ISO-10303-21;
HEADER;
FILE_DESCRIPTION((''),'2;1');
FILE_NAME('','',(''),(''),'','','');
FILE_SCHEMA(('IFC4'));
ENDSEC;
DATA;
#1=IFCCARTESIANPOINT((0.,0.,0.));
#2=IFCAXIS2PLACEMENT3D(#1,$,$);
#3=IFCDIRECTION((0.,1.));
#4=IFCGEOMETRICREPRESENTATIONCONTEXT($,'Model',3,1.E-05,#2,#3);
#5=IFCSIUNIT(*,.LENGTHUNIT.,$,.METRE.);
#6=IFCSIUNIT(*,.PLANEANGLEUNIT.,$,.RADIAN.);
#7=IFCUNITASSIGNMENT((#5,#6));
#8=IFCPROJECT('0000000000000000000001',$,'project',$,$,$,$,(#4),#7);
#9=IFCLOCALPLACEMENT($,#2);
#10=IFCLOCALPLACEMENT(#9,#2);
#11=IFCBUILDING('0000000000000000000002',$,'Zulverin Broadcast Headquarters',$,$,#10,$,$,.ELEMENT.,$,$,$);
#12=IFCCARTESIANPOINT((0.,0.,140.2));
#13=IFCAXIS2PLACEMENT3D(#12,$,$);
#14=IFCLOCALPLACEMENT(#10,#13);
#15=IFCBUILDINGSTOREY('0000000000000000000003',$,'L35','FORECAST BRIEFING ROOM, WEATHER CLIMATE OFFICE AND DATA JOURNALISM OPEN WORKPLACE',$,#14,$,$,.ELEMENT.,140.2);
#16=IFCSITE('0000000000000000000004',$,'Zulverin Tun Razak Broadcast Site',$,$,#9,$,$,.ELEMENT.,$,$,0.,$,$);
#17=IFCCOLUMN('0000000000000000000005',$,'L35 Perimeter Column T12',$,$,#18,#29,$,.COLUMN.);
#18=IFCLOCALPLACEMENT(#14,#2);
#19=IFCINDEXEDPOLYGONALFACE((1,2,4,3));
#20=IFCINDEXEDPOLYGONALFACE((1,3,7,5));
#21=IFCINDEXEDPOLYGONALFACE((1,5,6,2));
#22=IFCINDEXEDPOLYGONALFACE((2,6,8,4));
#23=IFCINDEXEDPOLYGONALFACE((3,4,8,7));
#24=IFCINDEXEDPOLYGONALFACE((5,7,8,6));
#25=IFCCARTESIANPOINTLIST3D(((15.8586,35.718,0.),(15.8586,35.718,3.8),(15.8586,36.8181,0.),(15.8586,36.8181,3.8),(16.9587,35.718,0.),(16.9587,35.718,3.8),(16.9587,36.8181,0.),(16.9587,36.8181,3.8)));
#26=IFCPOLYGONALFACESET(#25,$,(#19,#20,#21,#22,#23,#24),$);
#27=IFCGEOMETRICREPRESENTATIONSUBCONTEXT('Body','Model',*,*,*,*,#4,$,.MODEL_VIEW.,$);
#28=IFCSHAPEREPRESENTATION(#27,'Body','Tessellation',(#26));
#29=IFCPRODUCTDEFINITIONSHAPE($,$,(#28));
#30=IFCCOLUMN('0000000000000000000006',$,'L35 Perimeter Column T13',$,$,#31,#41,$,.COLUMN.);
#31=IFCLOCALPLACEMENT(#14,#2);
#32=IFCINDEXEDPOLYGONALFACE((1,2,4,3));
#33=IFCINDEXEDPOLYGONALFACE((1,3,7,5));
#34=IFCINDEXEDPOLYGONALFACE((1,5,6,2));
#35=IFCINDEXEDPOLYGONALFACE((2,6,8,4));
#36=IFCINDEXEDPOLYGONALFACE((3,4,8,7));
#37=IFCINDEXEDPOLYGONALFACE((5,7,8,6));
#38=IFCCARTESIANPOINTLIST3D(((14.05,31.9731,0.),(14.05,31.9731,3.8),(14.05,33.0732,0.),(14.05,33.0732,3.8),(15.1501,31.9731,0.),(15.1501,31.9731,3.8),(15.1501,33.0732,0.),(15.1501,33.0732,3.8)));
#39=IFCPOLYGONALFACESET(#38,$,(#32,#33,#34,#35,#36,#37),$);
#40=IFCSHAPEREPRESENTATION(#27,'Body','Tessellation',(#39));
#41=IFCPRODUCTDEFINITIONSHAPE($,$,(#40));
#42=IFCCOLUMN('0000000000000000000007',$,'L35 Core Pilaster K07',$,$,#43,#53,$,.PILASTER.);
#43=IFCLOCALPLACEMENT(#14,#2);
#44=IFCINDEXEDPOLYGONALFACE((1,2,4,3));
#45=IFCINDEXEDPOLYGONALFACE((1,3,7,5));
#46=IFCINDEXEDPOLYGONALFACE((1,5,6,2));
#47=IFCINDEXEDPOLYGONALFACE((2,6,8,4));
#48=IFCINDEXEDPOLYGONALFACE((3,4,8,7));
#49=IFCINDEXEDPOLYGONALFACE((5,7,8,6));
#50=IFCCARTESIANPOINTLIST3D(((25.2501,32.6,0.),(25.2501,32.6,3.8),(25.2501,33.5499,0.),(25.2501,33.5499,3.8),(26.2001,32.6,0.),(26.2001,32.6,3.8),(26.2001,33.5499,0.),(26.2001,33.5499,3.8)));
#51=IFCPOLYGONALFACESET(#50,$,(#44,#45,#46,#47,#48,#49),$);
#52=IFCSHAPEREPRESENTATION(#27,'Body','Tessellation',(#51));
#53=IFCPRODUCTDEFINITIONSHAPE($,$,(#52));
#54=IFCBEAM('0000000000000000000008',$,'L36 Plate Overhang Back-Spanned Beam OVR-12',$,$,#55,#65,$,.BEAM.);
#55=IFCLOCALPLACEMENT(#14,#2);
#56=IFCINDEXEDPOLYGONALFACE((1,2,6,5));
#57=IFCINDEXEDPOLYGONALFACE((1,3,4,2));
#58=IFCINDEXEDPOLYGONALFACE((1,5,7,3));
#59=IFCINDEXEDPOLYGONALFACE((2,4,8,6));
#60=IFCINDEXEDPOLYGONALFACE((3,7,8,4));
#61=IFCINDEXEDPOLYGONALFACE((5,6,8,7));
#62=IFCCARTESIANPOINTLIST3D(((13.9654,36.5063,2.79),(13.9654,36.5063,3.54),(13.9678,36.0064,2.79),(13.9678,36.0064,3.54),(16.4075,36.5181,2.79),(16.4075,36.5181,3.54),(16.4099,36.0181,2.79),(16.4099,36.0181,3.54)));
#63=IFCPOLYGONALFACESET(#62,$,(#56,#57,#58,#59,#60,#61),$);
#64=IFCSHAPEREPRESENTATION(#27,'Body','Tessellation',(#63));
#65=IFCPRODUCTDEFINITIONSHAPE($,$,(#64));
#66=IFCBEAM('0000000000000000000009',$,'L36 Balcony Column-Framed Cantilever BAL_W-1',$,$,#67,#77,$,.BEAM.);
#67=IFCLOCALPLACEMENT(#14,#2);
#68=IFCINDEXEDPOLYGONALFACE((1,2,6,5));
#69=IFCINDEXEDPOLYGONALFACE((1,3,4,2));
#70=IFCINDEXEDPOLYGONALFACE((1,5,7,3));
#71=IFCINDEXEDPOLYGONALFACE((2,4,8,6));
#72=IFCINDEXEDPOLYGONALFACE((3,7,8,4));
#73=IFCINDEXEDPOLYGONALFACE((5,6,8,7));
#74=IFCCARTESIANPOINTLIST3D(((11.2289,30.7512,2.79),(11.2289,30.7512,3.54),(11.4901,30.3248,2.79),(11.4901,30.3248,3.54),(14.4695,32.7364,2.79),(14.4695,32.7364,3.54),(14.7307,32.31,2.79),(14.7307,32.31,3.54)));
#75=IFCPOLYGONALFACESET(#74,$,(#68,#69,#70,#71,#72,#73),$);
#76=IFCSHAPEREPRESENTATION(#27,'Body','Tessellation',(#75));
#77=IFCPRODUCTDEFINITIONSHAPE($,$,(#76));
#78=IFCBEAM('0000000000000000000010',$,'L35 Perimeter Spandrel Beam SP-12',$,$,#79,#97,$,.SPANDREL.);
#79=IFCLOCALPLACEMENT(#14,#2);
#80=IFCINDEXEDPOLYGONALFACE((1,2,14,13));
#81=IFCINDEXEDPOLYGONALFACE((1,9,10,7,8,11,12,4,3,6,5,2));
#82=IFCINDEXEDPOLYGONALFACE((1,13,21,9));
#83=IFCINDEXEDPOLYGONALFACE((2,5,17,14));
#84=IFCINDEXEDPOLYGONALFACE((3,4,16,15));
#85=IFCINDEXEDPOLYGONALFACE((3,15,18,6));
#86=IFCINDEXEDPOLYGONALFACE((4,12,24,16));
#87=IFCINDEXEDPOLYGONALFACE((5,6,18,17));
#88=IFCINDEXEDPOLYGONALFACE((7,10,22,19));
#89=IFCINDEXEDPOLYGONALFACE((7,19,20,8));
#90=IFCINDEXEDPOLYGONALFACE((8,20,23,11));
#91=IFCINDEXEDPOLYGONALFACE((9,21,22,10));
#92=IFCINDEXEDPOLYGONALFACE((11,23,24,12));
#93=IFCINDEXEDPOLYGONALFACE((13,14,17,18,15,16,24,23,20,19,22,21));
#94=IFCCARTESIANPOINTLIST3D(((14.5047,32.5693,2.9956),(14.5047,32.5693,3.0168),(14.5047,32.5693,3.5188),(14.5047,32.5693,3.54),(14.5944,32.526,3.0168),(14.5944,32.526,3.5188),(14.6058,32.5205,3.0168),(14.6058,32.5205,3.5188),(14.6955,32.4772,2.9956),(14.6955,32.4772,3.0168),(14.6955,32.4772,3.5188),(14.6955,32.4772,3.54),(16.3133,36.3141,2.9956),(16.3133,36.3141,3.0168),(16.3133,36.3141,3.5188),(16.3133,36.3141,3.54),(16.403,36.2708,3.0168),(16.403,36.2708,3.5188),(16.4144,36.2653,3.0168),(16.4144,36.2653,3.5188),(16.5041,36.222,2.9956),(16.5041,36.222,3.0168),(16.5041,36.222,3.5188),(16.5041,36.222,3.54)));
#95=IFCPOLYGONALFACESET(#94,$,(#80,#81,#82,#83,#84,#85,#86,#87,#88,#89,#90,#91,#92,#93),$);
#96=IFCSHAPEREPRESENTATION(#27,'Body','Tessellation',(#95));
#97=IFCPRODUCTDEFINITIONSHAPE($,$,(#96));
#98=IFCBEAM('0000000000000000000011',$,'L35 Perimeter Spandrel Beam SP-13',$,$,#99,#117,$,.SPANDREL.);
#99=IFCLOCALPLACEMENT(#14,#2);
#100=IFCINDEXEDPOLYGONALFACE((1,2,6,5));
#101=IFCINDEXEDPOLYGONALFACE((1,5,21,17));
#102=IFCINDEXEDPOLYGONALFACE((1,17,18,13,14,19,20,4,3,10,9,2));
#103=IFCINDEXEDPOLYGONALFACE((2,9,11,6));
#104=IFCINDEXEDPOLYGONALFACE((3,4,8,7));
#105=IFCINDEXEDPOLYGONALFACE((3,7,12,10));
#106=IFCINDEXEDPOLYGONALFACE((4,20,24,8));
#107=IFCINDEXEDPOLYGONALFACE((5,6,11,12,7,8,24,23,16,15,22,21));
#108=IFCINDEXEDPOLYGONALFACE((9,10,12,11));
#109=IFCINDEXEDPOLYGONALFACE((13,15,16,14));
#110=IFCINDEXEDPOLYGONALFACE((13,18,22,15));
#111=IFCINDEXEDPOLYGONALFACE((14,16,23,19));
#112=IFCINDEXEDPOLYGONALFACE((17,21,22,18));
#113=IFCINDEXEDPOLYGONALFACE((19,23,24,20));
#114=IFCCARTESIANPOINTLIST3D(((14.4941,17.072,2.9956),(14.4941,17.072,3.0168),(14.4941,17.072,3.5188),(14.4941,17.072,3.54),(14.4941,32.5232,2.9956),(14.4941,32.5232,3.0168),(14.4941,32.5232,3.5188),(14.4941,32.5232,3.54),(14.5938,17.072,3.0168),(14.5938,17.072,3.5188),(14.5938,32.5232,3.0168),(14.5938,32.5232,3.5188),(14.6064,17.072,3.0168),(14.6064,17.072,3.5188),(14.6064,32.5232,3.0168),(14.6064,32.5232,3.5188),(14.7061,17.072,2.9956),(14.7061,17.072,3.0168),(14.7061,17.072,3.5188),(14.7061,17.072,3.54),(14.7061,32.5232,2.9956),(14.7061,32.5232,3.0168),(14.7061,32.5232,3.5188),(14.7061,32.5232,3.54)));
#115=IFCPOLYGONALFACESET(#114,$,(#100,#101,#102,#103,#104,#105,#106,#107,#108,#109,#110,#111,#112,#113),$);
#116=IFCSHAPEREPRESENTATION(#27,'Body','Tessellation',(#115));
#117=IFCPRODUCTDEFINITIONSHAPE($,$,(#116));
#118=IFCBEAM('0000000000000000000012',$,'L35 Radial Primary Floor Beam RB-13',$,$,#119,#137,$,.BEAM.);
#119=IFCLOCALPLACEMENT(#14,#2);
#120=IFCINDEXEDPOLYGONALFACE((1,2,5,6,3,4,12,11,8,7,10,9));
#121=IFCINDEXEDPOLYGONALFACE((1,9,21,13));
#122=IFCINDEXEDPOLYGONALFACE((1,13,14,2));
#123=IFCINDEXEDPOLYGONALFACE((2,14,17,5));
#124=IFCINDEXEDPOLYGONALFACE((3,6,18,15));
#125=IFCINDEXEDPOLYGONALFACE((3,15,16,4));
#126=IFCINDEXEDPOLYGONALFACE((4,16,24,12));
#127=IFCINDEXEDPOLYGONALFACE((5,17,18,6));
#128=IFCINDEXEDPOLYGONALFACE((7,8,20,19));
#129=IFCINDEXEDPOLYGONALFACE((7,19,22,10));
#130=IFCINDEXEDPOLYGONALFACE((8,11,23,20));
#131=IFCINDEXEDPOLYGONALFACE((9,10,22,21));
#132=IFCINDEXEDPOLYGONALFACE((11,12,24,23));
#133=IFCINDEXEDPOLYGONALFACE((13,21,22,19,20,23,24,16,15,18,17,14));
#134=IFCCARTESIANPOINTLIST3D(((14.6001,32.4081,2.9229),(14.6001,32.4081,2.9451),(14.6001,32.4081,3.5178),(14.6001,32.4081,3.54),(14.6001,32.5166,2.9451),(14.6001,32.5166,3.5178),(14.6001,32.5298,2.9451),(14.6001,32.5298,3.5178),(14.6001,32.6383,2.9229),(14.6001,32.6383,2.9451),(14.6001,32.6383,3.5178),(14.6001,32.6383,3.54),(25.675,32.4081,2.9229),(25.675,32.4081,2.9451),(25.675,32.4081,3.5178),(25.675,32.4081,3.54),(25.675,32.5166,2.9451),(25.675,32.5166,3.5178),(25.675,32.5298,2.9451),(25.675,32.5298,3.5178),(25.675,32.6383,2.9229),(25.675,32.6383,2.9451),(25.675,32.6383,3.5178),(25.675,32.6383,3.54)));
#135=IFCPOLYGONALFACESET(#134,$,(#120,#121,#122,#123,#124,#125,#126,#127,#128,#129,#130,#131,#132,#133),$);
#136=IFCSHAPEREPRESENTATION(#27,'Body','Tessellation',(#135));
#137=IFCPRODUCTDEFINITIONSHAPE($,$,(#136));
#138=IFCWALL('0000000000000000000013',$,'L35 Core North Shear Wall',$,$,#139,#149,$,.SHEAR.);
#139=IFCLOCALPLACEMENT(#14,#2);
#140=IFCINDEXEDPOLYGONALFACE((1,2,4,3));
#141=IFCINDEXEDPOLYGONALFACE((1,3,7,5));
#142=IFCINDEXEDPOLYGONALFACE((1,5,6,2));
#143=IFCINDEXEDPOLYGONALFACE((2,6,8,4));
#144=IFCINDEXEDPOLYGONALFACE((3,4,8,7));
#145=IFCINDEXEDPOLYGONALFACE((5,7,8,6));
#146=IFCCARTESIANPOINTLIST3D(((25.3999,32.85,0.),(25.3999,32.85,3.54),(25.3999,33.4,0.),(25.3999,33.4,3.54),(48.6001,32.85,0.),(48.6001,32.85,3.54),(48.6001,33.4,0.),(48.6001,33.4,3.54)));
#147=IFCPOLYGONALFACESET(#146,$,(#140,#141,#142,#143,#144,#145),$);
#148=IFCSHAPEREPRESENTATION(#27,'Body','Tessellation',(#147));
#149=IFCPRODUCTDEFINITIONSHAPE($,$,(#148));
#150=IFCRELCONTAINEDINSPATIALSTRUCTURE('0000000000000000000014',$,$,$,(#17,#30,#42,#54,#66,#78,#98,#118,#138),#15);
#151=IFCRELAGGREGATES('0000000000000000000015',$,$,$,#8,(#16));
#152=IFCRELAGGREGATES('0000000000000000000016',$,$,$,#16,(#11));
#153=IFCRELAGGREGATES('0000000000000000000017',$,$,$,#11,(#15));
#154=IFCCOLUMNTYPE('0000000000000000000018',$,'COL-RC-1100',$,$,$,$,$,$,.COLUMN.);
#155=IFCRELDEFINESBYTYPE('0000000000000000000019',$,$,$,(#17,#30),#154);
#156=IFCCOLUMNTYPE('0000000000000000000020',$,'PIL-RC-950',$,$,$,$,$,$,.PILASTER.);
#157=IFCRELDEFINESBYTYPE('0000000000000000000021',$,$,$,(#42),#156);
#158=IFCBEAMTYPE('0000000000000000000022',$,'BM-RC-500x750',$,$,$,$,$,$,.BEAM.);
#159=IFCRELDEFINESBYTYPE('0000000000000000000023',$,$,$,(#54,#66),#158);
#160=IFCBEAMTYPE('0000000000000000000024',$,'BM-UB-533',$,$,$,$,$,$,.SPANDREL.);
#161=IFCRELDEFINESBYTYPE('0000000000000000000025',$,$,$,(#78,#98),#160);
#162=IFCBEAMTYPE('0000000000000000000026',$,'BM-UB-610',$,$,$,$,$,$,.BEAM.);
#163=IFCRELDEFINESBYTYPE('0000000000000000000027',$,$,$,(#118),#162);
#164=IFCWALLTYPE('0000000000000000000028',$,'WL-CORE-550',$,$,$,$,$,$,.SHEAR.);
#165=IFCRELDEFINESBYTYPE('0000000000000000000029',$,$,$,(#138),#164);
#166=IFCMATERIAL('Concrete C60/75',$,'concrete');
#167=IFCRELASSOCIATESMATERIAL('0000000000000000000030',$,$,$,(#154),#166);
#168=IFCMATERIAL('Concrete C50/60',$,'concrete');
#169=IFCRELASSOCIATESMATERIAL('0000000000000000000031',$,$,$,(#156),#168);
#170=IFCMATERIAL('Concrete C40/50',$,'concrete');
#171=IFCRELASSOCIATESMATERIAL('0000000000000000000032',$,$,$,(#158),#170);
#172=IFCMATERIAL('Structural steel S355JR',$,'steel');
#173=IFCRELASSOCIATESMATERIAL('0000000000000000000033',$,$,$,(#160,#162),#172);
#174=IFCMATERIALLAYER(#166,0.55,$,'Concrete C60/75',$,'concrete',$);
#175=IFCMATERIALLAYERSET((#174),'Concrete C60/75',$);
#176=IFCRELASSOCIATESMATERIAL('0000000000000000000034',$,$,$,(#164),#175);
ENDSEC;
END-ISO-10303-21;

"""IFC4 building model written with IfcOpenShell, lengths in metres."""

from ifc_helpers import new_model, si_unit, direction, frame, frame_2d, origin, origin_2d, place, context, subcontext, project, spatial, rectangle, i_section, extrude, material, layer, layer_set, material_profile, profile_set, type_object, element, save


model = new_model("IFC4")

# Units and contexts
model_context = context("Model", 3, precision=1e-05, world=origin(), true_north=direction((0.0, 1.0)))
body_context = subcontext(model_context, "Body", "Model", "MODEL_VIEW")
ifc_project = project(units=[si_unit("LENGTHUNIT", "METRE"), si_unit("PLANEANGLEUNIT", "RADIAN")], contexts=[model_context])

# Site, building, storey
site_placement = place(None, origin())
site = spatial("IfcSite", under=ifc_project, at=site_placement, Name="Zulverin Tun Razak Broadcast Site", CompositionType="ELEMENT", RefElevation=0.0)
building_placement = place(site_placement, origin())
building = spatial("IfcBuilding", under=site, at=building_placement, Name="Zulverin Broadcast Headquarters", CompositionType="ELEMENT")
storey_placement = place(building_placement, frame((0.0, 0.0, 140.2)))
storey = spatial("IfcBuildingStorey", under=building, at=storey_placement, Name="L35", Description="FORECAST BRIEFING ROOM, WEATHER CLIMATE OFFICE AND DATA JOURNALISM OPEN WORKPLACE", CompositionType="ELEMENT", Elevation=140.2)

# Columns
ifc_material_1 = material(Name="Concrete C60/75", Category="concrete")
ifc_material_profile_1 = material_profile(ifc_material_1, rectangle(XDim=1.1001, YDim=1.1001, at=origin_2d()), Name="Concrete C60/75", Category="concrete")
ifc_profile_set_1 = profile_set([ifc_material_profile_1], Name="Concrete C60/75")
column_type_1 = type_object("IfcColumnType", Name="COL-RC-1100", PredefinedType="COLUMN", material=ifc_profile_set_1)
for number, where, z_axis, x_axis, name in (
    (1, (16.4087, 36.2681, 0.0), (0.0, 0.0, 1.0), (1.0, 0.0, 0.0), "L35 Perimeter Column T12"),
    (2, (14.6001, 32.5232, 0.0), (0.0, 0.0, 1.0), (1.0, 0.0, 0.0), "L35 Perimeter Column T13"),
):
    element("IfcColumn", number, at=place(storey_placement, frame(where, z_axis=z_axis, x_axis=x_axis)), inside=storey, type_object=column_type_1, Name=name, PredefinedType="COLUMN", context=body_context, shape_type="SweptSolid", body=[
        extrude(rectangle(XDim=1.1001, YDim=1.1001, at=origin_2d()), origin(), (0.0, 0.0, 1.0), 3.8),
    ])
ifc_material_2 = material(Name="Concrete C50/60", Category="concrete")
ifc_material_profile_2 = material_profile(ifc_material_2, rectangle(XDim=0.95, YDim=0.95, at=origin_2d()), Name="Concrete C50/60", Category="concrete")
ifc_profile_set_2 = profile_set([ifc_material_profile_2], Name="Concrete C50/60")
column_type_2 = type_object("IfcColumnType", Name="PIL-RC-950", PredefinedType="PILASTER", material=ifc_profile_set_2)
column_placement = place(storey_placement, frame((25.7251, 33.075, 0.0), z_axis=(0.0, 0.0, 1.0), x_axis=(1.0, 0.0, 0.0)))
element("IfcColumn", 3, at=column_placement, inside=storey, type_object=column_type_2, Name="L35 Core Pilaster K07", PredefinedType="PILASTER", context=body_context, shape_type="SweptSolid", body=[
    extrude(rectangle(XDim=0.95, YDim=0.95, at=origin_2d()), origin(), (0.0, 0.0, 1.0), 3.8),
])

# Beams
ifc_material_3 = material(Name="Concrete C40/50", Category="concrete")
ifc_material_profile_3 = material_profile(ifc_material_3, rectangle(XDim=0.5, YDim=0.75, at=origin_2d()), Name="Concrete C40/50", Category="concrete")
ifc_profile_set_3 = profile_set([ifc_material_profile_3], Name="Concrete C40/50")
beam_type_1 = type_object("IfcBeamType", Name="BM-RC-500x750", PredefinedType="BEAM", material=ifc_profile_set_3)
beam_1_placement = place(storey_placement, frame((16.4087, 36.2681, 3.165), z_axis=(-0.999988, -0.004799, 0.0), x_axis=(0.004799, -0.999988, 0.0)))
element("IfcBeam", 4, at=beam_1_placement, inside=storey, type_object=beam_type_1, Name="L36 Plate Overhang Back-Spanned Beam OVR-12", PredefinedType="BEAM", context=body_context, shape_type="SweptSolid", body=[
    extrude(rectangle(XDim=0.5, YDim=0.75, at=origin_2d()), origin(), (0.0, 0.0, 1.0), 2.4421),
])
beam_2_placement = place(storey_placement, frame((14.6001, 32.5232, 3.165), z_axis=(-0.852718, -0.522372, 0.0), x_axis=(0.522372, -0.852718, 0.0)))
element("IfcBeam", 5, at=beam_2_placement, inside=storey, type_object=beam_type_1, Name="L36 Balcony Column-Framed Cantilever BAL_W-1", PredefinedType="BEAM", context=body_context, shape_type="SweptSolid", body=[
    extrude(rectangle(XDim=0.5, YDim=0.75, at=origin_2d()), origin(), (0.0, 0.0, 1.0), 3.8003),
])
ifc_material_4 = material(Name="Structural steel S355JR", Category="steel")
ifc_material_profile_4 = material_profile(ifc_material_4, i_section(OverallWidth=0.2119, OverallDepth=0.5444, WebThickness=0.0127, FlangeThickness=0.0212, at=origin_2d()), Name="Structural steel S355JR", Category="steel")
ifc_profile_set_4 = profile_set([ifc_material_profile_4], Name="Structural steel S355JR")
beam_type_2 = type_object("IfcBeamType", Name="BM-UB-533", PredefinedType="SPANDREL", material=ifc_profile_set_4)
beam_3_placement = place(storey_placement, frame((16.4087, 36.2681, 3.2678), z_axis=(-0.43489, -0.900483, 0.0), x_axis=(0.900483, -0.43489, 0.0)))
element("IfcBeam", 6, at=beam_3_placement, inside=storey, type_object=beam_type_2, Name="L35 Perimeter Spandrel Beam SP-12", PredefinedType="SPANDREL", context=body_context, shape_type="SweptSolid", body=[
    extrude(i_section(OverallWidth=0.2119, OverallDepth=0.5444, WebThickness=0.0127, FlangeThickness=0.0212, at=origin_2d()), origin(), (0.0, 0.0, 1.0), 4.1587),
])
beam_4_placement = place(storey_placement, frame((14.6001, 32.5232, 3.2678), z_axis=(0.0, -1.0, 0.0), x_axis=(1.0, 0.0, 0.0)))
element("IfcBeam", 7, at=beam_4_placement, inside=storey, type_object=beam_type_2, Name="L35 Perimeter Spandrel Beam SP-13", PredefinedType="SPANDREL", context=body_context, shape_type="SweptSolid", body=[
    extrude(i_section(OverallWidth=0.2119, OverallDepth=0.5444, WebThickness=0.0127, FlangeThickness=0.0212, at=origin_2d()), origin(), (0.0, 0.0, 1.0), 15.4512),
])
ifc_material_profile_5 = material_profile(ifc_material_4, i_section(OverallWidth=0.2302, OverallDepth=0.6172, WebThickness=0.0132, FlangeThickness=0.0222, at=origin_2d()), Name="Structural steel S355JR", Category="steel")
ifc_profile_set_5 = profile_set([ifc_material_profile_5], Name="Structural steel S355JR")
beam_type_3 = type_object("IfcBeamType", Name="BM-UB-610", PredefinedType="BEAM", material=ifc_profile_set_5)
beam_5_placement = place(storey_placement, frame((25.675, 32.5232, 3.2314), z_axis=(-1.0, 0.0, 0.0), x_axis=(0.0, -1.0, 0.0)))
element("IfcBeam", 8, at=beam_5_placement, inside=storey, type_object=beam_type_3, Name="L35 Radial Primary Floor Beam RB-13", PredefinedType="BEAM", context=body_context, shape_type="SweptSolid", body=[
    extrude(i_section(OverallWidth=0.2302, OverallDepth=0.6172, WebThickness=0.0132, FlangeThickness=0.0222, at=origin_2d()), origin(), (0.0, 0.0, 1.0), 11.075),
])

# Wall
ifc_layer_1 = layer(ifc_material_1, 0.55, Name="Concrete C60/75", Category="concrete")
ifc_layer_set_1 = layer_set([ifc_layer_1], Name="Concrete C60/75")
wall_type_1 = type_object("IfcWallType", Name="WL-CORE-550", PredefinedType="SHEAR", material=ifc_layer_set_1)
wall_1_placement = place(storey_placement, frame((25.3999, 33.125, 0.0), z_axis=(0.0, 0.0, 1.0), x_axis=(1.0, 0.0, 0.0)))
element("IfcWall", 9, at=wall_1_placement, inside=storey, type_object=wall_type_1, Name="L35 Core North Shear Wall", PredefinedType="SHEAR", context=body_context, shape_type="SweptSolid", body=[
    extrude(rectangle(XDim=23.2002, YDim=0.55, at=frame_2d((11.6001, 0.0))), origin(), (0.0, 0.0, 1.0), 3.54),
])

save(model, "model.ifc")
